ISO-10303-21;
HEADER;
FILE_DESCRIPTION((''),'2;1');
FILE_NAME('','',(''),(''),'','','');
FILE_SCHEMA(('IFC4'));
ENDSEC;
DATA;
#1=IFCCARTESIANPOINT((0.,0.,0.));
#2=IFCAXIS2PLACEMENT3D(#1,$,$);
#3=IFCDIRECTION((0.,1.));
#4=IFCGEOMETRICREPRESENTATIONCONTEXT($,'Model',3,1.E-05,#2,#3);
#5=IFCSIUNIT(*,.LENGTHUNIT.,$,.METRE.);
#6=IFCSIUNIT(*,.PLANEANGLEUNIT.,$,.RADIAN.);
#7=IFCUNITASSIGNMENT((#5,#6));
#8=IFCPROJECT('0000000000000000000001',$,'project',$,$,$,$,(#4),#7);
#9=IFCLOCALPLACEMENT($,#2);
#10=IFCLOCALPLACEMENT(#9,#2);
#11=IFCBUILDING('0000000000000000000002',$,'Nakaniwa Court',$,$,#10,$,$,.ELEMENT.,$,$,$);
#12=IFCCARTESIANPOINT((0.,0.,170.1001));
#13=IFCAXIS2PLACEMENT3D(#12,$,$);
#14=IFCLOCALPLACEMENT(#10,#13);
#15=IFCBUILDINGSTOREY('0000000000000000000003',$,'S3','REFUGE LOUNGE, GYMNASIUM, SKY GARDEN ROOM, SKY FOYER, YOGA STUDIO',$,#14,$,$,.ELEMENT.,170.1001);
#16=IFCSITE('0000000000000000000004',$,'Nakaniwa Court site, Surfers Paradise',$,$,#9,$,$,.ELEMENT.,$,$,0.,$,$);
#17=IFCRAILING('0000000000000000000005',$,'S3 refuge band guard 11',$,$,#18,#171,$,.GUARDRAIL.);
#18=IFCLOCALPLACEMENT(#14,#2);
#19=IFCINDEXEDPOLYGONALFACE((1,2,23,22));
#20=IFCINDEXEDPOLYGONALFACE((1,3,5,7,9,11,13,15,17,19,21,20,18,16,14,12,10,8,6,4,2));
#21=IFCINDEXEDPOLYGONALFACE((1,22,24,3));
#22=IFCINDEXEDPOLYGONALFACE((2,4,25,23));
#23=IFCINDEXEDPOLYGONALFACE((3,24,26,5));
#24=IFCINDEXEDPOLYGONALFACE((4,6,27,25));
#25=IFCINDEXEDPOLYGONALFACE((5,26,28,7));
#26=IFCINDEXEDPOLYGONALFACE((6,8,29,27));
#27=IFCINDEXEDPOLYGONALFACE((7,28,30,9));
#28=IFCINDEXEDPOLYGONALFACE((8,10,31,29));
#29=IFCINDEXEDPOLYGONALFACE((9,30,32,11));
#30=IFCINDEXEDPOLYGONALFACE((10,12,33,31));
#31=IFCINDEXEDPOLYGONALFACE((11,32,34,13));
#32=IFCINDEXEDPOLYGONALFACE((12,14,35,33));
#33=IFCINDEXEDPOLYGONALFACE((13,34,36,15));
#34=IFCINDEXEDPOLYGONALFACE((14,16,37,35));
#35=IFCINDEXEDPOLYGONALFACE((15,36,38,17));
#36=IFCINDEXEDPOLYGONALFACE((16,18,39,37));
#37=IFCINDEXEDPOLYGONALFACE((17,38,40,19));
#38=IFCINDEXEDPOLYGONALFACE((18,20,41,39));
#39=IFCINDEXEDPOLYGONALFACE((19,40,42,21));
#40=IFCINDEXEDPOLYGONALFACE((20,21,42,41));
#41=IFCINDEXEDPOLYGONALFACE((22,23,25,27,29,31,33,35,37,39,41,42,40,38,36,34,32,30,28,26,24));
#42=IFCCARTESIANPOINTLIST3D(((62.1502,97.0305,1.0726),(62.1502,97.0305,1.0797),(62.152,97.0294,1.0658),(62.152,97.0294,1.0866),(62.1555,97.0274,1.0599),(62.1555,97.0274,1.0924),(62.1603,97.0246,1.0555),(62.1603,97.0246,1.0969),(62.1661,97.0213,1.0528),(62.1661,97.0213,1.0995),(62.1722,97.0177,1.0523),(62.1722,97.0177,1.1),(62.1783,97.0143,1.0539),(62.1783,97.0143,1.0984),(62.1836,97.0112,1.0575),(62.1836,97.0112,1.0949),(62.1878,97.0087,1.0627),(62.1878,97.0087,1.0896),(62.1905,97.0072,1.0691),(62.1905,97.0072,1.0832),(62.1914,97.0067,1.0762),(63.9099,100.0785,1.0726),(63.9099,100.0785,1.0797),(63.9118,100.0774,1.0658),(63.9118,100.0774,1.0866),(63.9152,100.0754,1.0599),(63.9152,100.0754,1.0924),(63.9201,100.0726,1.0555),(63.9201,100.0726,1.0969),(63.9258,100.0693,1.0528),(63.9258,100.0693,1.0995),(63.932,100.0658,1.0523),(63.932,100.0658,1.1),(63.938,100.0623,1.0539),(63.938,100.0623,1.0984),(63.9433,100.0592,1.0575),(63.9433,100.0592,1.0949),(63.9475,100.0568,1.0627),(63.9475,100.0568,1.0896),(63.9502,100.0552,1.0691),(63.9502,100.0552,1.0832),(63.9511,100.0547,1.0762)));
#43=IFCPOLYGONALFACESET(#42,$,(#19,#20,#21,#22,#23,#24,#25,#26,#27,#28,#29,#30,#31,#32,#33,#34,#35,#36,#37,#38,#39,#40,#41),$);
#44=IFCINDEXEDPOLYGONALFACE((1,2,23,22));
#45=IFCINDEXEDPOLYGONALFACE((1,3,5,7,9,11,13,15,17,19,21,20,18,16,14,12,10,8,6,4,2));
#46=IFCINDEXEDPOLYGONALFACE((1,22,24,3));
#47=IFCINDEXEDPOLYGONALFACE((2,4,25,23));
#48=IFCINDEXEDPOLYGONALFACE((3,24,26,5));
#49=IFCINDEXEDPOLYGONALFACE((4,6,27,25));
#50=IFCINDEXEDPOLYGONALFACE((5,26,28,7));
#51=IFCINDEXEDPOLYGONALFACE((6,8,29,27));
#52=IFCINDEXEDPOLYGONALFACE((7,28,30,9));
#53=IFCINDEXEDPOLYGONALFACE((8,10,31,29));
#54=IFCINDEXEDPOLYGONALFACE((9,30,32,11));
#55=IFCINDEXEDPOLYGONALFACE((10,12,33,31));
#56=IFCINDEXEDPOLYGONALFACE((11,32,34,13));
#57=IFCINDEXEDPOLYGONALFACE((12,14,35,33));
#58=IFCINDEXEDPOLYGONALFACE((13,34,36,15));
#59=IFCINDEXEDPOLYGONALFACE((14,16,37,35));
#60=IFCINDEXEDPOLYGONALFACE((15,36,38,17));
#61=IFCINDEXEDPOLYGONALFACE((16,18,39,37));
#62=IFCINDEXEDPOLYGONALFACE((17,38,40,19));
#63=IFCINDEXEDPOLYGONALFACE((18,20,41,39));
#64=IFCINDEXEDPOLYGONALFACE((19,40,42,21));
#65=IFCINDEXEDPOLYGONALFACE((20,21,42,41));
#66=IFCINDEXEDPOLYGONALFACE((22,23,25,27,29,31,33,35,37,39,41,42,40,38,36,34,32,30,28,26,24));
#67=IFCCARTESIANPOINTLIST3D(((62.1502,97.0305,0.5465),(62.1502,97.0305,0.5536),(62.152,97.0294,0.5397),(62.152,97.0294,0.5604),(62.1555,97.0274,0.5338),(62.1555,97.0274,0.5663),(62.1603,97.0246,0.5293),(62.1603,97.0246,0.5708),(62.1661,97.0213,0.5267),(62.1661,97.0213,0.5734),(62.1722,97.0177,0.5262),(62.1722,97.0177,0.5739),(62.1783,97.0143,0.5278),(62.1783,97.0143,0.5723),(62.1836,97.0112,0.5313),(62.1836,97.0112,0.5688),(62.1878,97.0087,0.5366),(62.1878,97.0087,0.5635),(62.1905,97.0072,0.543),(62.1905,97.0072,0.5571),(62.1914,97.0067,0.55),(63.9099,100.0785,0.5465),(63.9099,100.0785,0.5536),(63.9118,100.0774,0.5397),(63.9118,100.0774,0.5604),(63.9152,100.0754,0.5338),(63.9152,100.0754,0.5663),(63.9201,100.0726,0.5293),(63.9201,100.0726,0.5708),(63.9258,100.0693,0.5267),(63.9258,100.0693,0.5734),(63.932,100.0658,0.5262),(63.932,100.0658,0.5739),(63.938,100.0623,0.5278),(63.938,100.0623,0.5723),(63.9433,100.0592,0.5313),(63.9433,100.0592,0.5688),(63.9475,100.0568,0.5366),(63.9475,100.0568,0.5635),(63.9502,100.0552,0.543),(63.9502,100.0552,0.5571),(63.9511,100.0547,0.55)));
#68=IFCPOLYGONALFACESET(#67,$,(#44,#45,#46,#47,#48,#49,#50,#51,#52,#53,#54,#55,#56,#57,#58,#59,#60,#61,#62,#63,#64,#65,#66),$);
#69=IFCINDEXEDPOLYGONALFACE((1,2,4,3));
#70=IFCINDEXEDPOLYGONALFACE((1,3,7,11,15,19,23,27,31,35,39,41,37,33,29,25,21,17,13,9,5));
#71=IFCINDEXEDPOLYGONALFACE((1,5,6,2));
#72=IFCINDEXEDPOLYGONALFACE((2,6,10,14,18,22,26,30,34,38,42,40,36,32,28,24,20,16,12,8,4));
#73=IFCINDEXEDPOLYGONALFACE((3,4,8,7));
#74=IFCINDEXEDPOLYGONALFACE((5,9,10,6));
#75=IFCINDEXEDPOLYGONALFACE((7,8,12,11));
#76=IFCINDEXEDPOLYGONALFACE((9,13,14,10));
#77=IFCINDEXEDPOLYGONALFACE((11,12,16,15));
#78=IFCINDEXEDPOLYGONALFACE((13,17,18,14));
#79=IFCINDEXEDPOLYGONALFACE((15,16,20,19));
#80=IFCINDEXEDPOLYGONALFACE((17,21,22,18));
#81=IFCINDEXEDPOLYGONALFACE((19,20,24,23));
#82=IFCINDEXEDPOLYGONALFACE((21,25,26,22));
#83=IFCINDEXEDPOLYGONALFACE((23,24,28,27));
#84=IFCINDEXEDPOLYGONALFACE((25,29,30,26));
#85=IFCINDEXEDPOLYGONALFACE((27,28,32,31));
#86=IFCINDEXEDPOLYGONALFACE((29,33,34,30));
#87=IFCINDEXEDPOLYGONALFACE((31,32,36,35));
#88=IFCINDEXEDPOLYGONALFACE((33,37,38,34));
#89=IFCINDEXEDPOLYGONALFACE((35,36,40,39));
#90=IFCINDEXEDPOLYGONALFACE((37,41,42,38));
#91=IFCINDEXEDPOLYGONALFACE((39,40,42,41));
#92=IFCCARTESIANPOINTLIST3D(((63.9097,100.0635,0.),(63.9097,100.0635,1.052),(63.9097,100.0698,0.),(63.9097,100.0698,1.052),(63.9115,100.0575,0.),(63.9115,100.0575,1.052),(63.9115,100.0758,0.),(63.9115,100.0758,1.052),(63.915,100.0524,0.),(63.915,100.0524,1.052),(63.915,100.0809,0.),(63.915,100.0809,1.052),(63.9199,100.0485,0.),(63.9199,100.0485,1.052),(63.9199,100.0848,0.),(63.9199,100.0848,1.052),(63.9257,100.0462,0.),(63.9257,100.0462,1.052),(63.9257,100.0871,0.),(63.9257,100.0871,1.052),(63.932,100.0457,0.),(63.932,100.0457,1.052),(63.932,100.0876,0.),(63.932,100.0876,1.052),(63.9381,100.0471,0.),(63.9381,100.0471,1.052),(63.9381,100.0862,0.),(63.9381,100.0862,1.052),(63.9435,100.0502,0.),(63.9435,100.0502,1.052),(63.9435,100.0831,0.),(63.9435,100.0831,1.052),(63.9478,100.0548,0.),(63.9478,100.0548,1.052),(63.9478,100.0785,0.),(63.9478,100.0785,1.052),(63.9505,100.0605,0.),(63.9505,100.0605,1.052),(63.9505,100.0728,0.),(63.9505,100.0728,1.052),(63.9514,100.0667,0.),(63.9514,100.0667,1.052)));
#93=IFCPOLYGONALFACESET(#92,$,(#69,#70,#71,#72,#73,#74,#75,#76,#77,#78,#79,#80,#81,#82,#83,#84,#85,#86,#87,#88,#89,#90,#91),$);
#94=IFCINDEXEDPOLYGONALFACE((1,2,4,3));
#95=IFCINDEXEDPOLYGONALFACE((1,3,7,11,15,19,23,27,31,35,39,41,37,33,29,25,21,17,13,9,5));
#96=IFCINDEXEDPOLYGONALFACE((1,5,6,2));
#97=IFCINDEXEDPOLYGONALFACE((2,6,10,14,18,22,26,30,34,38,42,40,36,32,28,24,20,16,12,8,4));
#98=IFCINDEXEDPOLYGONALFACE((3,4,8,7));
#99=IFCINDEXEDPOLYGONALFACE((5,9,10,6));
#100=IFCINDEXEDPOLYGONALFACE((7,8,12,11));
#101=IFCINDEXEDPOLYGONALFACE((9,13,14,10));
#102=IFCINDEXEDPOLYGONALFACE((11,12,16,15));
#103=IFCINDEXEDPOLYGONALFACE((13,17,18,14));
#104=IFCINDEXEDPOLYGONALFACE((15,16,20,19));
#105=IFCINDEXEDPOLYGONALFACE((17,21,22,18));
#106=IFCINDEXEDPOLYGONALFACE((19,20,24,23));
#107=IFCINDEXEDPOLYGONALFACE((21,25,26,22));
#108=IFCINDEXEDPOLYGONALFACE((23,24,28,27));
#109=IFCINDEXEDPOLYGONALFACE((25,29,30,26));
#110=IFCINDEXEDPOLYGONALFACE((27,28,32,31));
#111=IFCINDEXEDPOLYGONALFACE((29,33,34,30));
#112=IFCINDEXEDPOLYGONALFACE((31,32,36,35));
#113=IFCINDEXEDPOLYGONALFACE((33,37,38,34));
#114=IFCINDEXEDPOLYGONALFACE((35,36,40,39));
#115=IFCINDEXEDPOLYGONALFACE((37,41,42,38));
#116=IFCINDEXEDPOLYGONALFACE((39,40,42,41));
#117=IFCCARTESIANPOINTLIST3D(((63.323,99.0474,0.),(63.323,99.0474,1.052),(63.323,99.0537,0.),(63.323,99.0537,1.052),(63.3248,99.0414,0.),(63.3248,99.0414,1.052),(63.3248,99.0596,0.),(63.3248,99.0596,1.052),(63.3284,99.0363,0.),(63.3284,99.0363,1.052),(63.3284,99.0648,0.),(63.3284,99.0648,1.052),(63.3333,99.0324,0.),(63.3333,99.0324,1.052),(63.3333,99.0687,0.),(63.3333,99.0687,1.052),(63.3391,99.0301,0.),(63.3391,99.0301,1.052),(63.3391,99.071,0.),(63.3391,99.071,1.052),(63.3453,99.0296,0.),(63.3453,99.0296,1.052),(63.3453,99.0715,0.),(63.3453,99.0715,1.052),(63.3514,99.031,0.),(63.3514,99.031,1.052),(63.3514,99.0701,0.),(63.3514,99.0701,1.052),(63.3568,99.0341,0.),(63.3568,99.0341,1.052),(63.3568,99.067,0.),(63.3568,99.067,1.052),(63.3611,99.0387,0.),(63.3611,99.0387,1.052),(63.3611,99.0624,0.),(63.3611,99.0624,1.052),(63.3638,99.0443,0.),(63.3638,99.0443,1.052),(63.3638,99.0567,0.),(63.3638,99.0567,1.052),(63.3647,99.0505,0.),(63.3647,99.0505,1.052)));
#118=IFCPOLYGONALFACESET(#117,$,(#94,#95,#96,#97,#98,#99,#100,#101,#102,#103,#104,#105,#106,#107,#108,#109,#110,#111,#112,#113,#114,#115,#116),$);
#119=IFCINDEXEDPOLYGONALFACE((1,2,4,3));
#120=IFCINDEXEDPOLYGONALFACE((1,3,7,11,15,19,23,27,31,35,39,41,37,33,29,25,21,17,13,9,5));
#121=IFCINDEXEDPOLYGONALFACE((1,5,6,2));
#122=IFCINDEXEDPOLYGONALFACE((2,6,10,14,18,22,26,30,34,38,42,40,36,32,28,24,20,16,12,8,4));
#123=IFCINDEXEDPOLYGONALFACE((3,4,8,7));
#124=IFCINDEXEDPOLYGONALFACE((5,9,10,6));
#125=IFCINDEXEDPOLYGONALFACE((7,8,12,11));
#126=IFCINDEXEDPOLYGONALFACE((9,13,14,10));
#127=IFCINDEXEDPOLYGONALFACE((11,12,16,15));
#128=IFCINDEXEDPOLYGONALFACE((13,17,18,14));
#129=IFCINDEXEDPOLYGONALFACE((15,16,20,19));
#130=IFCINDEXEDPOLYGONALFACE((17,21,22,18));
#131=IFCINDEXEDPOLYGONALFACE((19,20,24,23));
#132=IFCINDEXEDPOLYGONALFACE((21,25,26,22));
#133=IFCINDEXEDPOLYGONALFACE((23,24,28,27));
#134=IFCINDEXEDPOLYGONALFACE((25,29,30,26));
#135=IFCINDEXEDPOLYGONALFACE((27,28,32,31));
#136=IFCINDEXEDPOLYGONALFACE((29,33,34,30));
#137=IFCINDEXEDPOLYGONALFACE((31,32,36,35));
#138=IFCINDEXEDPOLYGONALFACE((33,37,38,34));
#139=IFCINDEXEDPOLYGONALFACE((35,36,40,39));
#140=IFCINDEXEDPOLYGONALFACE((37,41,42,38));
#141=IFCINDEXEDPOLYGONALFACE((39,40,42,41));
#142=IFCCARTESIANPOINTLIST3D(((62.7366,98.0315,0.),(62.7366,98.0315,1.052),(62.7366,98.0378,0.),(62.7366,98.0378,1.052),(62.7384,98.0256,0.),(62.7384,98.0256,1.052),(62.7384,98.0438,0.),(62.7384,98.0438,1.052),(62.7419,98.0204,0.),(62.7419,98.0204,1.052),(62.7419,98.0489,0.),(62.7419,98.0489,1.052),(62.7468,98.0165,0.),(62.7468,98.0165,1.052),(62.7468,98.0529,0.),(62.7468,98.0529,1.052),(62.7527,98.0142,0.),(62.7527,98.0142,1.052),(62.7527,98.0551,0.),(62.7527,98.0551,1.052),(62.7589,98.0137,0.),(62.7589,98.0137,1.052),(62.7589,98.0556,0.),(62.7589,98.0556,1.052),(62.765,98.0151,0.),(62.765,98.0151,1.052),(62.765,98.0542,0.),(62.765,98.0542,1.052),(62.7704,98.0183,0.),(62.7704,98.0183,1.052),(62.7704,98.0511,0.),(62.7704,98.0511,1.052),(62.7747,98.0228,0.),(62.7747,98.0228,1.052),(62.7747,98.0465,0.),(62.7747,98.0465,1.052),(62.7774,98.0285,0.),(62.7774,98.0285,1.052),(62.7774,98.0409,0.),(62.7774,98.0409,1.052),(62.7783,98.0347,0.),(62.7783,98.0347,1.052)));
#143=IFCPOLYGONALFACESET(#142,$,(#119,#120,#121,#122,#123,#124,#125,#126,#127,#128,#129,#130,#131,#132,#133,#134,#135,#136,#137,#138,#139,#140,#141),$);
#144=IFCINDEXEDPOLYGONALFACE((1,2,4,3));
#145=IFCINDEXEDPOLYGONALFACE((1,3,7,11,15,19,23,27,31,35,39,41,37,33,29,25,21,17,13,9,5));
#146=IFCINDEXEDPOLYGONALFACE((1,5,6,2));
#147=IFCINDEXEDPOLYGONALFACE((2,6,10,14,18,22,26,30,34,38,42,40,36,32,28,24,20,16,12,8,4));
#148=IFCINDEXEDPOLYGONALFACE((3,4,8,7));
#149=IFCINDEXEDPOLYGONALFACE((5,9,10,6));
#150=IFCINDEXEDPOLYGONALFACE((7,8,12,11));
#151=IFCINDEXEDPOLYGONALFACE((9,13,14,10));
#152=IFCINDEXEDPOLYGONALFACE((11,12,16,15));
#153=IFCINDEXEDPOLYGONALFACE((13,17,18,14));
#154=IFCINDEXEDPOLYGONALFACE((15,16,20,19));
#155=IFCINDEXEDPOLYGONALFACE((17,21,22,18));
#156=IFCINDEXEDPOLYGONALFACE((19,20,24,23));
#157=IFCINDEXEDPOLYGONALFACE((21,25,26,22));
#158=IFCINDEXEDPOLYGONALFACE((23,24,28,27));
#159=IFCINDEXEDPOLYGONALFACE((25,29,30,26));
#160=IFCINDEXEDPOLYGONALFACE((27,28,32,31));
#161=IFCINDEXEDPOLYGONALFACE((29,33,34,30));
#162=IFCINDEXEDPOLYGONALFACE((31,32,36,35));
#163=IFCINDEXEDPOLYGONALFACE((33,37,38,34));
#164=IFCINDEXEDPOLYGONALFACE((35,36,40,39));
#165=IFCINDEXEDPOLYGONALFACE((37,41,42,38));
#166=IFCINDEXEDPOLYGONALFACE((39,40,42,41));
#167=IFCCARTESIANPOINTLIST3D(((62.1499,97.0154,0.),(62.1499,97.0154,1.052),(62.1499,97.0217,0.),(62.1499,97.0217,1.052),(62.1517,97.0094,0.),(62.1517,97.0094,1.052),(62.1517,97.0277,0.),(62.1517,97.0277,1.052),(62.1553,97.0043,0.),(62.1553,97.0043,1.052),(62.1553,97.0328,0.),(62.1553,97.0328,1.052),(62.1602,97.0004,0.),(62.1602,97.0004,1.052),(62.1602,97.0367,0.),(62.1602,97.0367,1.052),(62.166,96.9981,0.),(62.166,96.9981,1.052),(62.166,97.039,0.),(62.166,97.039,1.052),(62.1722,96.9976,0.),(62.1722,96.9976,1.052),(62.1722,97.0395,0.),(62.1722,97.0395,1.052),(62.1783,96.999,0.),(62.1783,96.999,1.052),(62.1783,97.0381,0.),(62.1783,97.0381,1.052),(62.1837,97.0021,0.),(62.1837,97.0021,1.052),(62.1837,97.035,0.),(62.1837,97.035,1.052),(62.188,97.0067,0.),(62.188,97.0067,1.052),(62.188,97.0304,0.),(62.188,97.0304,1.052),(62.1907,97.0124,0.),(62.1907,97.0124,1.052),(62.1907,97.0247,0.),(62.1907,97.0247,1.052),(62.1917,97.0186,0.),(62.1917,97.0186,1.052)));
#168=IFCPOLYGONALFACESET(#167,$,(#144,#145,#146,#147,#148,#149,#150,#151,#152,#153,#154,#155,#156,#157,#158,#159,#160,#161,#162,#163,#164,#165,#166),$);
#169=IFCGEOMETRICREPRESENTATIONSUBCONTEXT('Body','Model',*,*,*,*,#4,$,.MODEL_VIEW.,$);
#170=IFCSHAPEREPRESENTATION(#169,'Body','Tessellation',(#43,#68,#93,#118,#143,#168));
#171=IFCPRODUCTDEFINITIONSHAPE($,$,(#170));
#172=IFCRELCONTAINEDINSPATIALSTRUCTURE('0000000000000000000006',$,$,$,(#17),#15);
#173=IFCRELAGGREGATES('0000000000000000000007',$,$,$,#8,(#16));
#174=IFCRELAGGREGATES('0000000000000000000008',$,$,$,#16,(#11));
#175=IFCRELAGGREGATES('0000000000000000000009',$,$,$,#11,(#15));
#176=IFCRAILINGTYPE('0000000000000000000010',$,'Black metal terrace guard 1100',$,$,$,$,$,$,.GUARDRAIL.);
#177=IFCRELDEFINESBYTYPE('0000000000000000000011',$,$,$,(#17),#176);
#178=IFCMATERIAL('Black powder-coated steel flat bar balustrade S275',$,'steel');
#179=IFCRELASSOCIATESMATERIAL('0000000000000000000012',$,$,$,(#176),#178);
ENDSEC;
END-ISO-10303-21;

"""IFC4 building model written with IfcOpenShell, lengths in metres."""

from ifc_helpers import new_model, si_unit, direction, frame, origin, origin_2d, place, context, subcontext, project, spatial, circle, extrude, material, type_object, element, save


model = new_model("IFC4")

# Units and contexts
model_context = context("Model", 3, precision=1e-05, world=origin(), true_north=direction((0.0, 1.0)))
body_context = subcontext(model_context, "Body", "Model", "MODEL_VIEW")
ifc_project = project(units=[si_unit("LENGTHUNIT", "METRE"), si_unit("PLANEANGLEUNIT", "RADIAN")], contexts=[model_context])

# Site, building, storey
site_placement = place(None, origin())
site = spatial("IfcSite", under=ifc_project, at=site_placement, Name="Nakaniwa Court site, Surfers Paradise", CompositionType="ELEMENT", RefElevation=0.0)
building_placement = place(site_placement, origin())
building = spatial("IfcBuilding", under=site, at=building_placement, Name="Nakaniwa Court", CompositionType="ELEMENT")
storey_placement = place(building_placement, frame((0.0, 0.0, 170.1001)))
storey = spatial("IfcBuildingStorey", under=building, at=storey_placement, Name="S3", Description="REFUGE LOUNGE, GYMNASIUM, SKY GARDEN ROOM, SKY FOYER, YOGA STUDIO", CompositionType="ELEMENT", Elevation=170.1001)

# Railing
ifc_material_1 = material(Name="Black powder-coated steel flat bar balustrade S275", Category="steel")
railing_type = type_object("IfcRailingType", Name="Black metal terrace guard 1100", PredefinedType="GUARDRAIL", material=ifc_material_1)
railing_1_placement = place(storey_placement, frame((63.9304, 100.0667, 0.0)))
element("IfcRailing", 1, at=railing_1_placement, inside=storey, type_object=railing_type, Name="S3 refuge band guard 11", PredefinedType="GUARDRAIL", context=body_context, shape_type="SweptSolid", body=[
    extrude(circle(Radius=0.0239, at=origin_2d()), frame((0.0, 0.0, 1.0762), z_axis=(-0.499989, -0.866032, 0.0), x_axis=(0.866032, -0.499989, 0.0)), (0.0, 0.0, 1.0), 3.5195),
    extrude(circle(Radius=0.0239, at=origin_2d()), frame((0.0, 0.0, 0.55), z_axis=(-0.499989, -0.866032, 0.0), x_axis=(0.866032, -0.499989, 0.0)), (0.0, 0.0, 1.0), 3.5195),
    extrude(circle(Radius=0.021, at=origin_2d()), origin(), (0.0, 0.0, 1.0), 1.052),
    extrude(circle(Radius=0.021, at=origin_2d()), frame((-0.5867, -1.0161, 0.0)), (0.0, 0.0, 1.0), 1.052),
    extrude(circle(Radius=0.021, at=origin_2d()), frame((-1.1731, -2.032, 0.0)), (0.0, 0.0, 1.0), 1.052),
    extrude(circle(Radius=0.021, at=origin_2d()), frame((-1.7598, -3.0481, 0.0)), (0.0, 0.0, 1.0), 1.052),
])

save(model, "model.ifc")
